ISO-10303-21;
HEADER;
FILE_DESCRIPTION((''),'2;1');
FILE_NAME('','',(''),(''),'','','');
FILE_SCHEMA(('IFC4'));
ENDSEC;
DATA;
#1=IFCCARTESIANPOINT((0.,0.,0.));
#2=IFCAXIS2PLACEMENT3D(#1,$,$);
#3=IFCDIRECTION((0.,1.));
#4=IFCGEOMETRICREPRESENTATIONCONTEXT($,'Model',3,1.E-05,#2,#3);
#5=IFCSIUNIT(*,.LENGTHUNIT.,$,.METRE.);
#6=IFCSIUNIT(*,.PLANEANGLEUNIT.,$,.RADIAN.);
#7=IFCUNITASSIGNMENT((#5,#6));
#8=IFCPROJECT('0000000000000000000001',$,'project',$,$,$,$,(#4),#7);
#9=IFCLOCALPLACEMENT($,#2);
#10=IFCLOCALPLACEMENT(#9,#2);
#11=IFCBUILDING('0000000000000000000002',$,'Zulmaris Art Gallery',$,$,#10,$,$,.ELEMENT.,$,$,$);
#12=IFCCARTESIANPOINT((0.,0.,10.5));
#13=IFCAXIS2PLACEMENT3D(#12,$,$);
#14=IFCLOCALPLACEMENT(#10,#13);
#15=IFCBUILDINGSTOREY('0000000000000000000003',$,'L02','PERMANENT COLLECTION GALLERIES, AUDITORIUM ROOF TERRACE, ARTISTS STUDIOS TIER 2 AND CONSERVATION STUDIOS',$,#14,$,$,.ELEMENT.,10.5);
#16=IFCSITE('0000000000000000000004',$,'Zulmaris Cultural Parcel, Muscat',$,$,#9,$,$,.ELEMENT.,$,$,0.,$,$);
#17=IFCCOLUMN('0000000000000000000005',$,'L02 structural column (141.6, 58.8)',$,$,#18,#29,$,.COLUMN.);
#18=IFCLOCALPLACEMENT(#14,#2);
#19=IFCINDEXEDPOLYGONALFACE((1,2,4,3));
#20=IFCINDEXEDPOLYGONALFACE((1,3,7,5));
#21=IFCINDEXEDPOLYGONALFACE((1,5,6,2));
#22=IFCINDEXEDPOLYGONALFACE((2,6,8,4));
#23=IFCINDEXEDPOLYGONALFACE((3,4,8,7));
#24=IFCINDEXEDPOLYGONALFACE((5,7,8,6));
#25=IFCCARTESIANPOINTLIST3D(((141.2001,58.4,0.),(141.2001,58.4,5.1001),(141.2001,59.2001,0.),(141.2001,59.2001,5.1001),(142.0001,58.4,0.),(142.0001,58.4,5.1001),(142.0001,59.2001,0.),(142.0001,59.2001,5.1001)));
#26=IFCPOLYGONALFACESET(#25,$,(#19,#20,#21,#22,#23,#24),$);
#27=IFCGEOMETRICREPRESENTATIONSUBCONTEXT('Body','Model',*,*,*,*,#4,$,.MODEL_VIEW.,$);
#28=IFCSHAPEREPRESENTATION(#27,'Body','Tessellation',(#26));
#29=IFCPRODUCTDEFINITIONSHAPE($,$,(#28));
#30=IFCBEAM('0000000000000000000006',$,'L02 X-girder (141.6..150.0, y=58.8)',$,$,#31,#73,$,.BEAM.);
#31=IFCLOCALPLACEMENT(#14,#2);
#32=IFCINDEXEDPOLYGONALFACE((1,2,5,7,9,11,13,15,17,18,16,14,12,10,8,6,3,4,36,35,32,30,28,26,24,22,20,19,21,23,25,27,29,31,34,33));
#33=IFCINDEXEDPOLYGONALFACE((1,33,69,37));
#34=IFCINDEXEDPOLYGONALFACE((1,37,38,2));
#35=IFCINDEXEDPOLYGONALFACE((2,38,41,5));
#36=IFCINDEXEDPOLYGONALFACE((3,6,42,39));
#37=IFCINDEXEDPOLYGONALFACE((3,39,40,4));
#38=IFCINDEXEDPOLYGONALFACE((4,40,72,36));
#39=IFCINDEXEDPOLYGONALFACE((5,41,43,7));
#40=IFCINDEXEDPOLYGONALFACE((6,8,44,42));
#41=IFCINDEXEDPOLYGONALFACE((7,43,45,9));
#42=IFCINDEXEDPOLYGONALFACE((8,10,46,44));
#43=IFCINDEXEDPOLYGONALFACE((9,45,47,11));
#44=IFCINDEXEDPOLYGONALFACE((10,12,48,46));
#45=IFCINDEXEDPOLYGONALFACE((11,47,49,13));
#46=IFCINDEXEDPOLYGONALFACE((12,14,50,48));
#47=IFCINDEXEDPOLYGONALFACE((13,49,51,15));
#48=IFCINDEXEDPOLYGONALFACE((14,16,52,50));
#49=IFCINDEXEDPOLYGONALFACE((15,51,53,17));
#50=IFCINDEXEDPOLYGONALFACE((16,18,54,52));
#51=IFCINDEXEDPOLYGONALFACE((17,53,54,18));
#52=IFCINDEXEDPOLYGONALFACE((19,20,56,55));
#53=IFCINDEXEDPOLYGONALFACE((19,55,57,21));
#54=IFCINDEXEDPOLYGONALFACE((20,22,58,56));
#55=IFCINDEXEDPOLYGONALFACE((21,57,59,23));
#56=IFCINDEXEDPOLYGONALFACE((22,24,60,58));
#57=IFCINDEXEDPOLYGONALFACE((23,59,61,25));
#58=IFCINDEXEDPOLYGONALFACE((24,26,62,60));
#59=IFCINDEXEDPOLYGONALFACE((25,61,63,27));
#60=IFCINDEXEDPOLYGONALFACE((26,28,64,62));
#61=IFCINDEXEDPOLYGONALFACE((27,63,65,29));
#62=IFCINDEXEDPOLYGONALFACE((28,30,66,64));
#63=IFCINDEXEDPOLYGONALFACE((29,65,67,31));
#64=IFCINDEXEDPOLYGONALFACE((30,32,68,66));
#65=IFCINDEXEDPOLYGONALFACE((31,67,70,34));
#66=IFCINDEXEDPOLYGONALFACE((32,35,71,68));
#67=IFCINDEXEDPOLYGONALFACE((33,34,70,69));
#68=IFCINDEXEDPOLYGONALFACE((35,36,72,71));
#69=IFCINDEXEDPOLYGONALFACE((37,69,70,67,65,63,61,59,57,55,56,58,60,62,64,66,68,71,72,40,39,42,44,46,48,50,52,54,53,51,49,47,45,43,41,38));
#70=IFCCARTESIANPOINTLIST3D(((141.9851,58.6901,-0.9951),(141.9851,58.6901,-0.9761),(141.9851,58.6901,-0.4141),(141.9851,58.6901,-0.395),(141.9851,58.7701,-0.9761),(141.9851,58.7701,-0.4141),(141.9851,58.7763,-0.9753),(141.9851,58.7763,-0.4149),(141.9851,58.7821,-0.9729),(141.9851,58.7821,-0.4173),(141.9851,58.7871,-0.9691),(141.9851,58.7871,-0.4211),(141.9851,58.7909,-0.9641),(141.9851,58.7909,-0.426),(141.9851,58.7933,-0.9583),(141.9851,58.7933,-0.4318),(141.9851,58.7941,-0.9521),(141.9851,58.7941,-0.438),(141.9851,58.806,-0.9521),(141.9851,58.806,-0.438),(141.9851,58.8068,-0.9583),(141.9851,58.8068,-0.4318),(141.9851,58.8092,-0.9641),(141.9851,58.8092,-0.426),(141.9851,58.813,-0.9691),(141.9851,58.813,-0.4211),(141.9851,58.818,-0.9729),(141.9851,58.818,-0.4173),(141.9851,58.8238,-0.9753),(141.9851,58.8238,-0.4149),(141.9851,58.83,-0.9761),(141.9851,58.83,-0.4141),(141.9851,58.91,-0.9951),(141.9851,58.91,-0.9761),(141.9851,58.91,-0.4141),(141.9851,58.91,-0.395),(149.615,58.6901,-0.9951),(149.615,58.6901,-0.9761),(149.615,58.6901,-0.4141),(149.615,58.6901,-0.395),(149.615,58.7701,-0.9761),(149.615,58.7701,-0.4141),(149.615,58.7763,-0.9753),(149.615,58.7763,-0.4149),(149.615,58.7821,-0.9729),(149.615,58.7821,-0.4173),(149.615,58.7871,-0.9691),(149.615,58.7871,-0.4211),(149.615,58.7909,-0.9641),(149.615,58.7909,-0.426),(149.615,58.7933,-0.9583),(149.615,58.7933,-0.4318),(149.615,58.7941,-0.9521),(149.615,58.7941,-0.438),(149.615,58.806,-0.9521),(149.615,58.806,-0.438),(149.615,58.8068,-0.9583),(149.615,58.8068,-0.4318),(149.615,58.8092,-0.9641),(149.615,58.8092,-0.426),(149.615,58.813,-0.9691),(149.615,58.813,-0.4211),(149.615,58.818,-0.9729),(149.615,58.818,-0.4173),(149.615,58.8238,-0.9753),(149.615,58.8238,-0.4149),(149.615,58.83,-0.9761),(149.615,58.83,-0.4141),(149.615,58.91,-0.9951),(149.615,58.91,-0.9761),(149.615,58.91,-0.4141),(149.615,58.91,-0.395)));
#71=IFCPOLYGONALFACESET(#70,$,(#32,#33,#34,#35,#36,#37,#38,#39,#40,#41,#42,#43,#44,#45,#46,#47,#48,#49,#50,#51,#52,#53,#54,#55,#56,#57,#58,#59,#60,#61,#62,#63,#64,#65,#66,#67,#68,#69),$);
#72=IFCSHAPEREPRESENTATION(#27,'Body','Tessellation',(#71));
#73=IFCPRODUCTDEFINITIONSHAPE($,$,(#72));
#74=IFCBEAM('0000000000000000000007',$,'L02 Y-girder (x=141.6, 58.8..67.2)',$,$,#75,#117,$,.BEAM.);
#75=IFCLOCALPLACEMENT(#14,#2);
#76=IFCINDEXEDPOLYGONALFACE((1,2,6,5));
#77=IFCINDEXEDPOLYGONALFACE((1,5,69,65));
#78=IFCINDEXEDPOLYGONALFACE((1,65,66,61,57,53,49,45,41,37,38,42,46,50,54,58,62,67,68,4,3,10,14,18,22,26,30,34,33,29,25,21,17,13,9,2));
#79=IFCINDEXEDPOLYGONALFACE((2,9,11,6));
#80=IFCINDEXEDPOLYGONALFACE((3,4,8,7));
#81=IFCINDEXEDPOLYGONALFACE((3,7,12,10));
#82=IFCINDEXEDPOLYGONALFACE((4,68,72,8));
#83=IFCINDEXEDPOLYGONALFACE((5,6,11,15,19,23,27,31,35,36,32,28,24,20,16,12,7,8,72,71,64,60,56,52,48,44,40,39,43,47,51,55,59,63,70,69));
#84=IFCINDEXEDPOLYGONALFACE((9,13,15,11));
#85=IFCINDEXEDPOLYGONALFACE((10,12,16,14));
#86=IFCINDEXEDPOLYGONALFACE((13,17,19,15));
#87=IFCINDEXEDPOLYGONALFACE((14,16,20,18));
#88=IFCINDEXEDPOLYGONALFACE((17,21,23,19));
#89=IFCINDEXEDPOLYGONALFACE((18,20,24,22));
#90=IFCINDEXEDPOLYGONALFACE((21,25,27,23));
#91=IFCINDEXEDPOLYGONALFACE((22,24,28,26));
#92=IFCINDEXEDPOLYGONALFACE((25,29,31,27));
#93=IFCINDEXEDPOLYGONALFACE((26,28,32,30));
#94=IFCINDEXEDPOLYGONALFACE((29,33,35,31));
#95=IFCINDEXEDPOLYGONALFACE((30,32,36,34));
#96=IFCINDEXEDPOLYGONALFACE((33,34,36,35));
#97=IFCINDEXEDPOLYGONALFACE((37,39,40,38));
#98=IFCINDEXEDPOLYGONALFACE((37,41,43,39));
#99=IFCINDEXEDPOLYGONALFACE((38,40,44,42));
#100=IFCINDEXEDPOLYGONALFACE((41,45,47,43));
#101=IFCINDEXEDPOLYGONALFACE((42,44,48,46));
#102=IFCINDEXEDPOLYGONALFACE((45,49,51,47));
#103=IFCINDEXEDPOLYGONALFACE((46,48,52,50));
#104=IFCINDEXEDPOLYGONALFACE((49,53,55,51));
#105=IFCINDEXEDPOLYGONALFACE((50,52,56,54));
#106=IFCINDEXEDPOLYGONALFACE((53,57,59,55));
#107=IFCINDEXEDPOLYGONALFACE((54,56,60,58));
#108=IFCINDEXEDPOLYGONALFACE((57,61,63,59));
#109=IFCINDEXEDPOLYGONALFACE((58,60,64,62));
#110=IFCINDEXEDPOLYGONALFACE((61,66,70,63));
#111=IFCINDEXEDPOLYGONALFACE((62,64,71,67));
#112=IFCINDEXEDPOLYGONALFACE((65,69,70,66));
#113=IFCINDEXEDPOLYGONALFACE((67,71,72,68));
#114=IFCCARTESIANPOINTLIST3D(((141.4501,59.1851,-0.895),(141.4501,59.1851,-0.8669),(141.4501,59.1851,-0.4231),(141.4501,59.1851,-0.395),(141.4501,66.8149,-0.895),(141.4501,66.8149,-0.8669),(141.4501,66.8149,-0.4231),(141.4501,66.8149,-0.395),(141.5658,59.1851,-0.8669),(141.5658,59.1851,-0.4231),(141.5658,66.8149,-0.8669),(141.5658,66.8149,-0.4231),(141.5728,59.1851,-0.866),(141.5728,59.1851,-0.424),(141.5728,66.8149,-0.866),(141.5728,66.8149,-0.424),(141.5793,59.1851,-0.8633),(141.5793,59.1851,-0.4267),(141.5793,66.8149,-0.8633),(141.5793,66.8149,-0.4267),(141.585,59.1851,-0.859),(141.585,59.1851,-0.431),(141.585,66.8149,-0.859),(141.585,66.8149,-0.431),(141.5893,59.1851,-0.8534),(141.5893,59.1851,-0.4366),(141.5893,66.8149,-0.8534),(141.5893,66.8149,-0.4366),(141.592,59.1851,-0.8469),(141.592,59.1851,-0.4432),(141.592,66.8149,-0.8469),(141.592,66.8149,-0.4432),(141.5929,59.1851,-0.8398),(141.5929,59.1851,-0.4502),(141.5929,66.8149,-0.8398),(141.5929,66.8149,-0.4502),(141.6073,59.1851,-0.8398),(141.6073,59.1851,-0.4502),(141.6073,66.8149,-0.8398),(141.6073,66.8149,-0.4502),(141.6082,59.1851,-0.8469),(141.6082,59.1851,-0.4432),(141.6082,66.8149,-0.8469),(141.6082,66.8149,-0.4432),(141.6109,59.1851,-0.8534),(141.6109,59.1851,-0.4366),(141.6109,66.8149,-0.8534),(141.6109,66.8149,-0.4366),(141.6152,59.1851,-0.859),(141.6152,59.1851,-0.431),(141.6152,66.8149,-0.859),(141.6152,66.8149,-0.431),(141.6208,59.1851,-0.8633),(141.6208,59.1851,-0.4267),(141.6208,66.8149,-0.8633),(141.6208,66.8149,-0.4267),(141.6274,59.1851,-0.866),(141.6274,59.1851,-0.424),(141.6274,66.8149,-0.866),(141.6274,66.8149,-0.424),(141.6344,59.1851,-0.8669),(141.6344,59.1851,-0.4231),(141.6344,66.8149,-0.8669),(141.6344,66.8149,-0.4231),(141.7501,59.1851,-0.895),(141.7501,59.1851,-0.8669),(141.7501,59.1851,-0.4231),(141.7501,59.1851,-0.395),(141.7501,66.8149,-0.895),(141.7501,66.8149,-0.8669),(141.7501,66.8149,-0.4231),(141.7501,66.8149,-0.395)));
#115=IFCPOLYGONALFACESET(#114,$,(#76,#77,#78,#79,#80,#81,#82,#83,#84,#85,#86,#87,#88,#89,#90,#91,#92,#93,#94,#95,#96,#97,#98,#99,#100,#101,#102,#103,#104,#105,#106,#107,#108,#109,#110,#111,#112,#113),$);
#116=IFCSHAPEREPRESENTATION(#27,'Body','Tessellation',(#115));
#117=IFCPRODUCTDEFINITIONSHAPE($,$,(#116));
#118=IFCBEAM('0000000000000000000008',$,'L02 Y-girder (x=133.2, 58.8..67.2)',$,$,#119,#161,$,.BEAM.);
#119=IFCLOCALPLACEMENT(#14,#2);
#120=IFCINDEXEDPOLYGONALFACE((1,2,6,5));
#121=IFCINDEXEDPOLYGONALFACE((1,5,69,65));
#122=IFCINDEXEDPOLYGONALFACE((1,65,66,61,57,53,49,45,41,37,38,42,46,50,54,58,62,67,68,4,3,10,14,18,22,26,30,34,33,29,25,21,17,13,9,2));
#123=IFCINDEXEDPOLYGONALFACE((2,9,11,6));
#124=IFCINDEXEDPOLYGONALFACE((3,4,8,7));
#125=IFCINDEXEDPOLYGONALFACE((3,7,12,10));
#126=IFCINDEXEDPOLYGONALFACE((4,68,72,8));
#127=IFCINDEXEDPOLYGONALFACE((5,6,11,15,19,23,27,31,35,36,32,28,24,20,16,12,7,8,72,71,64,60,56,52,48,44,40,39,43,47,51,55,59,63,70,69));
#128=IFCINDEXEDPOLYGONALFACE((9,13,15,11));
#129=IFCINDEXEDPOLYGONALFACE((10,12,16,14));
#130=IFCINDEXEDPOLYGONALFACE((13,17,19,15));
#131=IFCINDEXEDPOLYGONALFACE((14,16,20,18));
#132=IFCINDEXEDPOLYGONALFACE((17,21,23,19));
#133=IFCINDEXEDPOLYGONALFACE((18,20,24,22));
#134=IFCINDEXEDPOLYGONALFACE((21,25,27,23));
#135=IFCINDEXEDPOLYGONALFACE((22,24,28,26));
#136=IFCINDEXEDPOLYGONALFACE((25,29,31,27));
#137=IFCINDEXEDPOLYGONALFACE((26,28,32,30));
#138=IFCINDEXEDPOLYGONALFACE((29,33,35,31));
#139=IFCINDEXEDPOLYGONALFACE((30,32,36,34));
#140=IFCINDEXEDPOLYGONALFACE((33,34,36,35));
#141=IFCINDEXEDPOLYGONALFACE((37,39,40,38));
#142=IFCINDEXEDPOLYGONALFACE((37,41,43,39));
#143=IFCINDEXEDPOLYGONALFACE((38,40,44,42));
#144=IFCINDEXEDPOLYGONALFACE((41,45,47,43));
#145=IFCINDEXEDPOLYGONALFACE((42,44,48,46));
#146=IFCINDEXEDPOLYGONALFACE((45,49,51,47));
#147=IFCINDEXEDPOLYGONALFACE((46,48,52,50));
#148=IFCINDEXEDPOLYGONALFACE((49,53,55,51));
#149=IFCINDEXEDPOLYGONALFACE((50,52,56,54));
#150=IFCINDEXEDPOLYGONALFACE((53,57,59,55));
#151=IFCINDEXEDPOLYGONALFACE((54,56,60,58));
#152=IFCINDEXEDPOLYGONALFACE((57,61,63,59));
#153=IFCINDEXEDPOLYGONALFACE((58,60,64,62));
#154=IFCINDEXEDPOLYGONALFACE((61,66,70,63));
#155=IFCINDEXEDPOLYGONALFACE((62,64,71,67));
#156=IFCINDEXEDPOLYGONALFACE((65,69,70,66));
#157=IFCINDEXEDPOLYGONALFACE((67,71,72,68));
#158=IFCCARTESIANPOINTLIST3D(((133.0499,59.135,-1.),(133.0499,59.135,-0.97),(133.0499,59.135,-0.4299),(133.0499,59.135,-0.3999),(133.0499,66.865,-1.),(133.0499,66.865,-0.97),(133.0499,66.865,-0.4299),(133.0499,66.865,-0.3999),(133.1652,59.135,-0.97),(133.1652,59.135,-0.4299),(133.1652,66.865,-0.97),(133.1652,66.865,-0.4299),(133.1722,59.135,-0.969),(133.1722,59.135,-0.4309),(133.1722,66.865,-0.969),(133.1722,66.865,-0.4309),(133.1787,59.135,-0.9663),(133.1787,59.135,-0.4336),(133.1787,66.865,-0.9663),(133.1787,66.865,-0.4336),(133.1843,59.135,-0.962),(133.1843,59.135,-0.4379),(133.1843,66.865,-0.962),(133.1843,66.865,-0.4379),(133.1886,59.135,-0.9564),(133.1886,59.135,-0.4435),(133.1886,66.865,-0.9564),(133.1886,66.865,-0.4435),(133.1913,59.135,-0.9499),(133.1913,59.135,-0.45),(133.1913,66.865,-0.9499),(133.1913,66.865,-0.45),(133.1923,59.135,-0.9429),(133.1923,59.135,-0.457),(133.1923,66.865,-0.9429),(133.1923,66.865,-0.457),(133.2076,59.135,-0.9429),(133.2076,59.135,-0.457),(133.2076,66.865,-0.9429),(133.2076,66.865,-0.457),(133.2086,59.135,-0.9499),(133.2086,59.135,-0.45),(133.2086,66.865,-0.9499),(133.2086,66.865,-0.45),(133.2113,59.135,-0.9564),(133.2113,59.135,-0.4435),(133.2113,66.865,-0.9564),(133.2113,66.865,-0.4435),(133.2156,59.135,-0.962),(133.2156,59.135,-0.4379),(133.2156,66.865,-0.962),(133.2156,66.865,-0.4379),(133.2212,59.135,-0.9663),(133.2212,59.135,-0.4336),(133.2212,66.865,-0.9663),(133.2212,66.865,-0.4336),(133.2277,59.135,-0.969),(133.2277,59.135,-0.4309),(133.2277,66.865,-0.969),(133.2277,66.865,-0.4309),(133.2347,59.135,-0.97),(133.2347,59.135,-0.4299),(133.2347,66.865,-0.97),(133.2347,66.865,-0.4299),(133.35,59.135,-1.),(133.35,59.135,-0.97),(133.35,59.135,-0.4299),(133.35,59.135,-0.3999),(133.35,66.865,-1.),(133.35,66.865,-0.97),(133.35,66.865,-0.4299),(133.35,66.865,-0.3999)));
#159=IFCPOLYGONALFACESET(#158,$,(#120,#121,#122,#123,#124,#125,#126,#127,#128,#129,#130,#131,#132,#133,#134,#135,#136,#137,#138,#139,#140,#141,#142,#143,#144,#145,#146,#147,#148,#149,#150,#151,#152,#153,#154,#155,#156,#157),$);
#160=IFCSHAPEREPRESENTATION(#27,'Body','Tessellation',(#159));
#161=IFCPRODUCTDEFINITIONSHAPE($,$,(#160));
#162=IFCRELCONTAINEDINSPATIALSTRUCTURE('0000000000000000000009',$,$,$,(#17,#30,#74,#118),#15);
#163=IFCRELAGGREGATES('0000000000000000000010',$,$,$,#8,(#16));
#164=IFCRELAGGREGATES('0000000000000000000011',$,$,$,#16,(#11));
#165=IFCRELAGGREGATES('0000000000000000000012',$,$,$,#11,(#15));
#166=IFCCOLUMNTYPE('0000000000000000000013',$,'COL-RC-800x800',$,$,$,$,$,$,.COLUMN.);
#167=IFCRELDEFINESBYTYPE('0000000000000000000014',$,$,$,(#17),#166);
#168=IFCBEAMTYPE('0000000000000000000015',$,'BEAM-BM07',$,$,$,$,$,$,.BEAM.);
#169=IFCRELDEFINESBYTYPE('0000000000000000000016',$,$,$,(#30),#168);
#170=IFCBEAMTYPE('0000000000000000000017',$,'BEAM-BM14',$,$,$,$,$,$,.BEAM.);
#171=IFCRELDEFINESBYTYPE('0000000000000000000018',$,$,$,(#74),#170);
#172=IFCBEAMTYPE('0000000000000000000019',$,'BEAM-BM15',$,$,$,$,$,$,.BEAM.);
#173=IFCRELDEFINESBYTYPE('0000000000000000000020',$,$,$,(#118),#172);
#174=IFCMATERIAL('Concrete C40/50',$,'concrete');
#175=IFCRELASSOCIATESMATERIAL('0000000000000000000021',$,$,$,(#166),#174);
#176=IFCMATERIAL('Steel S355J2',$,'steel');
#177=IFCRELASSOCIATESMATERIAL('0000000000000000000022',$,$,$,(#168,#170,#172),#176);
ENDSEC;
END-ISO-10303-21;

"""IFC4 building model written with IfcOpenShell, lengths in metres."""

from ifc_helpers import new_model, si_unit, direction, frame, origin, origin_2d, place, context, subcontext, project, spatial, rectangle, i_section, extrude, material, material_profile, profile_set, type_object, element, save


model = new_model("IFC4")

# Units and contexts
model_context = context("Model", 3, precision=1e-05, world=origin(), true_north=direction((0.0, 1.0)))
body_context = subcontext(model_context, "Body", "Model", "MODEL_VIEW")
ifc_project = project(units=[si_unit("LENGTHUNIT", "METRE"), si_unit("PLANEANGLEUNIT", "RADIAN")], contexts=[model_context])

# Site, building, storey
site_placement = place(None, origin())
site = spatial("IfcSite", under=ifc_project, at=site_placement, Name="Zulmaris Cultural Parcel, Muscat", CompositionType="ELEMENT", RefElevation=0.0)
building_placement = place(site_placement, origin())
building = spatial("IfcBuilding", under=site, at=building_placement, Name="Zulmaris Art Gallery", CompositionType="ELEMENT")
storey_placement = place(building_placement, frame((0.0, 0.0, 10.5)))
storey = spatial("IfcBuildingStorey", under=building, at=storey_placement, Name="L02", Description="PERMANENT COLLECTION GALLERIES, AUDITORIUM ROOF TERRACE, ARTISTS STUDIOS TIER 2 AND CONSERVATION STUDIOS", CompositionType="ELEMENT", Elevation=10.5)

# Column
ifc_material_1 = material(Name="Concrete C40/50", Category="concrete")
ifc_material_profile_1 = material_profile(ifc_material_1, rectangle(XDim=0.8, YDim=0.8, at=origin_2d()), Name="RC 800x800")
ifc_profile_set_1 = profile_set([ifc_material_profile_1], Name="Concrete C40/50")
column_type = type_object("IfcColumnType", Name="COL-RC-800x800", PredefinedType="COLUMN", material=ifc_profile_set_1)
column_placement = place(storey_placement, frame((141.6001, 58.8, 0.0), z_axis=(0.0, 0.0, 1.0), x_axis=(1.0, 0.0, 0.0)))
element("IfcColumn", 1, at=column_placement, inside=storey, type_object=column_type, Name="L02 structural column (141.6, 58.8)", PredefinedType="COLUMN", context=body_context, shape_type="SweptSolid", body=[
    extrude(rectangle(XDim=0.8, YDim=0.8, at=origin_2d()), origin(), (0.0, 0.0, 1.0), 5.1001),
])

# Beams
ifc_material_2 = material(Name="Steel S355J2", Category="steel")
ifc_material_profile_2 = material_profile(ifc_material_2, i_section(OverallWidth=0.22, OverallDepth=0.6001, WebThickness=0.012, FlangeThickness=0.019, FilletRadius=0.0239, at=origin_2d()), Name="IPE 600")
ifc_profile_set_2 = profile_set([ifc_material_profile_2], Name="Steel S355J2")
beam_type_1 = type_object("IfcBeamType", Name="BEAM-BM07", PredefinedType="BEAM", material=ifc_profile_set_2)
beam_1_placement = place(storey_placement, frame((141.9851, 58.8, -0.6951), z_axis=(1.0, 0.0, 0.0), x_axis=(0.0, 1.0, 0.0)))
element("IfcBeam", 2, at=beam_1_placement, inside=storey, type_object=beam_type_1, Name="L02 X-girder (141.6..150.0, y=58.8)", PredefinedType="BEAM", context=body_context, shape_type="SweptSolid", body=[
    extrude(i_section(OverallWidth=0.22, OverallDepth=0.6001, WebThickness=0.012, FlangeThickness=0.019, FilletRadius=0.0239, at=origin_2d()), origin(), (0.0, 0.0, 1.0), 7.6299),
])
ifc_material_profile_3 = material_profile(ifc_material_2, i_section(OverallWidth=0.3, OverallDepth=0.5, WebThickness=0.0144, FlangeThickness=0.0281, FilletRadius=0.0271, at=origin_2d()), Name="HEB 500")
ifc_profile_set_3 = profile_set([ifc_material_profile_3], Name="Steel S355J2")
beam_type_2 = type_object("IfcBeamType", Name="BEAM-BM14", PredefinedType="BEAM", material=ifc_profile_set_3)
beam_2_placement = place(storey_placement, frame((141.6001, 59.1851, -0.645), z_axis=(0.0, 1.0, 0.0), x_axis=(-1.0, 0.0, 0.0)))
element("IfcBeam", 3, at=beam_2_placement, inside=storey, type_object=beam_type_2, Name="L02 Y-girder (x=141.6, 58.8..67.2)", PredefinedType="BEAM", context=body_context, shape_type="SweptSolid", body=[
    extrude(i_section(OverallWidth=0.3, OverallDepth=0.5, WebThickness=0.0144, FlangeThickness=0.0281, FilletRadius=0.0271, at=origin_2d()), origin(), (0.0, 0.0, 1.0), 7.6299),
])
ifc_material_profile_4 = material_profile(ifc_material_2, i_section(OverallWidth=0.3, OverallDepth=0.6001, WebThickness=0.0154, FlangeThickness=0.03, FilletRadius=0.0271, at=origin_2d()), Name="HEB 600")
ifc_profile_set_4 = profile_set([ifc_material_profile_4], Name="Steel S355J2")
beam_type_3 = type_object("IfcBeamType", Name="BEAM-BM15", PredefinedType="BEAM", material=ifc_profile_set_4)
beam_3_placement = place(storey_placement, frame((133.2, 59.135, -0.7), z_axis=(0.0, 1.0, 0.0), x_axis=(-1.0, 0.0, 0.0)))
element("IfcBeam", 4, at=beam_3_placement, inside=storey, type_object=beam_type_3, Name="L02 Y-girder (x=133.2, 58.8..67.2)", PredefinedType="BEAM", context=body_context, shape_type="SweptSolid", body=[
    extrude(i_section(OverallWidth=0.3, OverallDepth=0.6001, WebThickness=0.0154, FlangeThickness=0.03, FilletRadius=0.0271, at=origin_2d()), origin(), (0.0, 0.0, 1.0), 7.73),
])

save(model, "model.ifc")
